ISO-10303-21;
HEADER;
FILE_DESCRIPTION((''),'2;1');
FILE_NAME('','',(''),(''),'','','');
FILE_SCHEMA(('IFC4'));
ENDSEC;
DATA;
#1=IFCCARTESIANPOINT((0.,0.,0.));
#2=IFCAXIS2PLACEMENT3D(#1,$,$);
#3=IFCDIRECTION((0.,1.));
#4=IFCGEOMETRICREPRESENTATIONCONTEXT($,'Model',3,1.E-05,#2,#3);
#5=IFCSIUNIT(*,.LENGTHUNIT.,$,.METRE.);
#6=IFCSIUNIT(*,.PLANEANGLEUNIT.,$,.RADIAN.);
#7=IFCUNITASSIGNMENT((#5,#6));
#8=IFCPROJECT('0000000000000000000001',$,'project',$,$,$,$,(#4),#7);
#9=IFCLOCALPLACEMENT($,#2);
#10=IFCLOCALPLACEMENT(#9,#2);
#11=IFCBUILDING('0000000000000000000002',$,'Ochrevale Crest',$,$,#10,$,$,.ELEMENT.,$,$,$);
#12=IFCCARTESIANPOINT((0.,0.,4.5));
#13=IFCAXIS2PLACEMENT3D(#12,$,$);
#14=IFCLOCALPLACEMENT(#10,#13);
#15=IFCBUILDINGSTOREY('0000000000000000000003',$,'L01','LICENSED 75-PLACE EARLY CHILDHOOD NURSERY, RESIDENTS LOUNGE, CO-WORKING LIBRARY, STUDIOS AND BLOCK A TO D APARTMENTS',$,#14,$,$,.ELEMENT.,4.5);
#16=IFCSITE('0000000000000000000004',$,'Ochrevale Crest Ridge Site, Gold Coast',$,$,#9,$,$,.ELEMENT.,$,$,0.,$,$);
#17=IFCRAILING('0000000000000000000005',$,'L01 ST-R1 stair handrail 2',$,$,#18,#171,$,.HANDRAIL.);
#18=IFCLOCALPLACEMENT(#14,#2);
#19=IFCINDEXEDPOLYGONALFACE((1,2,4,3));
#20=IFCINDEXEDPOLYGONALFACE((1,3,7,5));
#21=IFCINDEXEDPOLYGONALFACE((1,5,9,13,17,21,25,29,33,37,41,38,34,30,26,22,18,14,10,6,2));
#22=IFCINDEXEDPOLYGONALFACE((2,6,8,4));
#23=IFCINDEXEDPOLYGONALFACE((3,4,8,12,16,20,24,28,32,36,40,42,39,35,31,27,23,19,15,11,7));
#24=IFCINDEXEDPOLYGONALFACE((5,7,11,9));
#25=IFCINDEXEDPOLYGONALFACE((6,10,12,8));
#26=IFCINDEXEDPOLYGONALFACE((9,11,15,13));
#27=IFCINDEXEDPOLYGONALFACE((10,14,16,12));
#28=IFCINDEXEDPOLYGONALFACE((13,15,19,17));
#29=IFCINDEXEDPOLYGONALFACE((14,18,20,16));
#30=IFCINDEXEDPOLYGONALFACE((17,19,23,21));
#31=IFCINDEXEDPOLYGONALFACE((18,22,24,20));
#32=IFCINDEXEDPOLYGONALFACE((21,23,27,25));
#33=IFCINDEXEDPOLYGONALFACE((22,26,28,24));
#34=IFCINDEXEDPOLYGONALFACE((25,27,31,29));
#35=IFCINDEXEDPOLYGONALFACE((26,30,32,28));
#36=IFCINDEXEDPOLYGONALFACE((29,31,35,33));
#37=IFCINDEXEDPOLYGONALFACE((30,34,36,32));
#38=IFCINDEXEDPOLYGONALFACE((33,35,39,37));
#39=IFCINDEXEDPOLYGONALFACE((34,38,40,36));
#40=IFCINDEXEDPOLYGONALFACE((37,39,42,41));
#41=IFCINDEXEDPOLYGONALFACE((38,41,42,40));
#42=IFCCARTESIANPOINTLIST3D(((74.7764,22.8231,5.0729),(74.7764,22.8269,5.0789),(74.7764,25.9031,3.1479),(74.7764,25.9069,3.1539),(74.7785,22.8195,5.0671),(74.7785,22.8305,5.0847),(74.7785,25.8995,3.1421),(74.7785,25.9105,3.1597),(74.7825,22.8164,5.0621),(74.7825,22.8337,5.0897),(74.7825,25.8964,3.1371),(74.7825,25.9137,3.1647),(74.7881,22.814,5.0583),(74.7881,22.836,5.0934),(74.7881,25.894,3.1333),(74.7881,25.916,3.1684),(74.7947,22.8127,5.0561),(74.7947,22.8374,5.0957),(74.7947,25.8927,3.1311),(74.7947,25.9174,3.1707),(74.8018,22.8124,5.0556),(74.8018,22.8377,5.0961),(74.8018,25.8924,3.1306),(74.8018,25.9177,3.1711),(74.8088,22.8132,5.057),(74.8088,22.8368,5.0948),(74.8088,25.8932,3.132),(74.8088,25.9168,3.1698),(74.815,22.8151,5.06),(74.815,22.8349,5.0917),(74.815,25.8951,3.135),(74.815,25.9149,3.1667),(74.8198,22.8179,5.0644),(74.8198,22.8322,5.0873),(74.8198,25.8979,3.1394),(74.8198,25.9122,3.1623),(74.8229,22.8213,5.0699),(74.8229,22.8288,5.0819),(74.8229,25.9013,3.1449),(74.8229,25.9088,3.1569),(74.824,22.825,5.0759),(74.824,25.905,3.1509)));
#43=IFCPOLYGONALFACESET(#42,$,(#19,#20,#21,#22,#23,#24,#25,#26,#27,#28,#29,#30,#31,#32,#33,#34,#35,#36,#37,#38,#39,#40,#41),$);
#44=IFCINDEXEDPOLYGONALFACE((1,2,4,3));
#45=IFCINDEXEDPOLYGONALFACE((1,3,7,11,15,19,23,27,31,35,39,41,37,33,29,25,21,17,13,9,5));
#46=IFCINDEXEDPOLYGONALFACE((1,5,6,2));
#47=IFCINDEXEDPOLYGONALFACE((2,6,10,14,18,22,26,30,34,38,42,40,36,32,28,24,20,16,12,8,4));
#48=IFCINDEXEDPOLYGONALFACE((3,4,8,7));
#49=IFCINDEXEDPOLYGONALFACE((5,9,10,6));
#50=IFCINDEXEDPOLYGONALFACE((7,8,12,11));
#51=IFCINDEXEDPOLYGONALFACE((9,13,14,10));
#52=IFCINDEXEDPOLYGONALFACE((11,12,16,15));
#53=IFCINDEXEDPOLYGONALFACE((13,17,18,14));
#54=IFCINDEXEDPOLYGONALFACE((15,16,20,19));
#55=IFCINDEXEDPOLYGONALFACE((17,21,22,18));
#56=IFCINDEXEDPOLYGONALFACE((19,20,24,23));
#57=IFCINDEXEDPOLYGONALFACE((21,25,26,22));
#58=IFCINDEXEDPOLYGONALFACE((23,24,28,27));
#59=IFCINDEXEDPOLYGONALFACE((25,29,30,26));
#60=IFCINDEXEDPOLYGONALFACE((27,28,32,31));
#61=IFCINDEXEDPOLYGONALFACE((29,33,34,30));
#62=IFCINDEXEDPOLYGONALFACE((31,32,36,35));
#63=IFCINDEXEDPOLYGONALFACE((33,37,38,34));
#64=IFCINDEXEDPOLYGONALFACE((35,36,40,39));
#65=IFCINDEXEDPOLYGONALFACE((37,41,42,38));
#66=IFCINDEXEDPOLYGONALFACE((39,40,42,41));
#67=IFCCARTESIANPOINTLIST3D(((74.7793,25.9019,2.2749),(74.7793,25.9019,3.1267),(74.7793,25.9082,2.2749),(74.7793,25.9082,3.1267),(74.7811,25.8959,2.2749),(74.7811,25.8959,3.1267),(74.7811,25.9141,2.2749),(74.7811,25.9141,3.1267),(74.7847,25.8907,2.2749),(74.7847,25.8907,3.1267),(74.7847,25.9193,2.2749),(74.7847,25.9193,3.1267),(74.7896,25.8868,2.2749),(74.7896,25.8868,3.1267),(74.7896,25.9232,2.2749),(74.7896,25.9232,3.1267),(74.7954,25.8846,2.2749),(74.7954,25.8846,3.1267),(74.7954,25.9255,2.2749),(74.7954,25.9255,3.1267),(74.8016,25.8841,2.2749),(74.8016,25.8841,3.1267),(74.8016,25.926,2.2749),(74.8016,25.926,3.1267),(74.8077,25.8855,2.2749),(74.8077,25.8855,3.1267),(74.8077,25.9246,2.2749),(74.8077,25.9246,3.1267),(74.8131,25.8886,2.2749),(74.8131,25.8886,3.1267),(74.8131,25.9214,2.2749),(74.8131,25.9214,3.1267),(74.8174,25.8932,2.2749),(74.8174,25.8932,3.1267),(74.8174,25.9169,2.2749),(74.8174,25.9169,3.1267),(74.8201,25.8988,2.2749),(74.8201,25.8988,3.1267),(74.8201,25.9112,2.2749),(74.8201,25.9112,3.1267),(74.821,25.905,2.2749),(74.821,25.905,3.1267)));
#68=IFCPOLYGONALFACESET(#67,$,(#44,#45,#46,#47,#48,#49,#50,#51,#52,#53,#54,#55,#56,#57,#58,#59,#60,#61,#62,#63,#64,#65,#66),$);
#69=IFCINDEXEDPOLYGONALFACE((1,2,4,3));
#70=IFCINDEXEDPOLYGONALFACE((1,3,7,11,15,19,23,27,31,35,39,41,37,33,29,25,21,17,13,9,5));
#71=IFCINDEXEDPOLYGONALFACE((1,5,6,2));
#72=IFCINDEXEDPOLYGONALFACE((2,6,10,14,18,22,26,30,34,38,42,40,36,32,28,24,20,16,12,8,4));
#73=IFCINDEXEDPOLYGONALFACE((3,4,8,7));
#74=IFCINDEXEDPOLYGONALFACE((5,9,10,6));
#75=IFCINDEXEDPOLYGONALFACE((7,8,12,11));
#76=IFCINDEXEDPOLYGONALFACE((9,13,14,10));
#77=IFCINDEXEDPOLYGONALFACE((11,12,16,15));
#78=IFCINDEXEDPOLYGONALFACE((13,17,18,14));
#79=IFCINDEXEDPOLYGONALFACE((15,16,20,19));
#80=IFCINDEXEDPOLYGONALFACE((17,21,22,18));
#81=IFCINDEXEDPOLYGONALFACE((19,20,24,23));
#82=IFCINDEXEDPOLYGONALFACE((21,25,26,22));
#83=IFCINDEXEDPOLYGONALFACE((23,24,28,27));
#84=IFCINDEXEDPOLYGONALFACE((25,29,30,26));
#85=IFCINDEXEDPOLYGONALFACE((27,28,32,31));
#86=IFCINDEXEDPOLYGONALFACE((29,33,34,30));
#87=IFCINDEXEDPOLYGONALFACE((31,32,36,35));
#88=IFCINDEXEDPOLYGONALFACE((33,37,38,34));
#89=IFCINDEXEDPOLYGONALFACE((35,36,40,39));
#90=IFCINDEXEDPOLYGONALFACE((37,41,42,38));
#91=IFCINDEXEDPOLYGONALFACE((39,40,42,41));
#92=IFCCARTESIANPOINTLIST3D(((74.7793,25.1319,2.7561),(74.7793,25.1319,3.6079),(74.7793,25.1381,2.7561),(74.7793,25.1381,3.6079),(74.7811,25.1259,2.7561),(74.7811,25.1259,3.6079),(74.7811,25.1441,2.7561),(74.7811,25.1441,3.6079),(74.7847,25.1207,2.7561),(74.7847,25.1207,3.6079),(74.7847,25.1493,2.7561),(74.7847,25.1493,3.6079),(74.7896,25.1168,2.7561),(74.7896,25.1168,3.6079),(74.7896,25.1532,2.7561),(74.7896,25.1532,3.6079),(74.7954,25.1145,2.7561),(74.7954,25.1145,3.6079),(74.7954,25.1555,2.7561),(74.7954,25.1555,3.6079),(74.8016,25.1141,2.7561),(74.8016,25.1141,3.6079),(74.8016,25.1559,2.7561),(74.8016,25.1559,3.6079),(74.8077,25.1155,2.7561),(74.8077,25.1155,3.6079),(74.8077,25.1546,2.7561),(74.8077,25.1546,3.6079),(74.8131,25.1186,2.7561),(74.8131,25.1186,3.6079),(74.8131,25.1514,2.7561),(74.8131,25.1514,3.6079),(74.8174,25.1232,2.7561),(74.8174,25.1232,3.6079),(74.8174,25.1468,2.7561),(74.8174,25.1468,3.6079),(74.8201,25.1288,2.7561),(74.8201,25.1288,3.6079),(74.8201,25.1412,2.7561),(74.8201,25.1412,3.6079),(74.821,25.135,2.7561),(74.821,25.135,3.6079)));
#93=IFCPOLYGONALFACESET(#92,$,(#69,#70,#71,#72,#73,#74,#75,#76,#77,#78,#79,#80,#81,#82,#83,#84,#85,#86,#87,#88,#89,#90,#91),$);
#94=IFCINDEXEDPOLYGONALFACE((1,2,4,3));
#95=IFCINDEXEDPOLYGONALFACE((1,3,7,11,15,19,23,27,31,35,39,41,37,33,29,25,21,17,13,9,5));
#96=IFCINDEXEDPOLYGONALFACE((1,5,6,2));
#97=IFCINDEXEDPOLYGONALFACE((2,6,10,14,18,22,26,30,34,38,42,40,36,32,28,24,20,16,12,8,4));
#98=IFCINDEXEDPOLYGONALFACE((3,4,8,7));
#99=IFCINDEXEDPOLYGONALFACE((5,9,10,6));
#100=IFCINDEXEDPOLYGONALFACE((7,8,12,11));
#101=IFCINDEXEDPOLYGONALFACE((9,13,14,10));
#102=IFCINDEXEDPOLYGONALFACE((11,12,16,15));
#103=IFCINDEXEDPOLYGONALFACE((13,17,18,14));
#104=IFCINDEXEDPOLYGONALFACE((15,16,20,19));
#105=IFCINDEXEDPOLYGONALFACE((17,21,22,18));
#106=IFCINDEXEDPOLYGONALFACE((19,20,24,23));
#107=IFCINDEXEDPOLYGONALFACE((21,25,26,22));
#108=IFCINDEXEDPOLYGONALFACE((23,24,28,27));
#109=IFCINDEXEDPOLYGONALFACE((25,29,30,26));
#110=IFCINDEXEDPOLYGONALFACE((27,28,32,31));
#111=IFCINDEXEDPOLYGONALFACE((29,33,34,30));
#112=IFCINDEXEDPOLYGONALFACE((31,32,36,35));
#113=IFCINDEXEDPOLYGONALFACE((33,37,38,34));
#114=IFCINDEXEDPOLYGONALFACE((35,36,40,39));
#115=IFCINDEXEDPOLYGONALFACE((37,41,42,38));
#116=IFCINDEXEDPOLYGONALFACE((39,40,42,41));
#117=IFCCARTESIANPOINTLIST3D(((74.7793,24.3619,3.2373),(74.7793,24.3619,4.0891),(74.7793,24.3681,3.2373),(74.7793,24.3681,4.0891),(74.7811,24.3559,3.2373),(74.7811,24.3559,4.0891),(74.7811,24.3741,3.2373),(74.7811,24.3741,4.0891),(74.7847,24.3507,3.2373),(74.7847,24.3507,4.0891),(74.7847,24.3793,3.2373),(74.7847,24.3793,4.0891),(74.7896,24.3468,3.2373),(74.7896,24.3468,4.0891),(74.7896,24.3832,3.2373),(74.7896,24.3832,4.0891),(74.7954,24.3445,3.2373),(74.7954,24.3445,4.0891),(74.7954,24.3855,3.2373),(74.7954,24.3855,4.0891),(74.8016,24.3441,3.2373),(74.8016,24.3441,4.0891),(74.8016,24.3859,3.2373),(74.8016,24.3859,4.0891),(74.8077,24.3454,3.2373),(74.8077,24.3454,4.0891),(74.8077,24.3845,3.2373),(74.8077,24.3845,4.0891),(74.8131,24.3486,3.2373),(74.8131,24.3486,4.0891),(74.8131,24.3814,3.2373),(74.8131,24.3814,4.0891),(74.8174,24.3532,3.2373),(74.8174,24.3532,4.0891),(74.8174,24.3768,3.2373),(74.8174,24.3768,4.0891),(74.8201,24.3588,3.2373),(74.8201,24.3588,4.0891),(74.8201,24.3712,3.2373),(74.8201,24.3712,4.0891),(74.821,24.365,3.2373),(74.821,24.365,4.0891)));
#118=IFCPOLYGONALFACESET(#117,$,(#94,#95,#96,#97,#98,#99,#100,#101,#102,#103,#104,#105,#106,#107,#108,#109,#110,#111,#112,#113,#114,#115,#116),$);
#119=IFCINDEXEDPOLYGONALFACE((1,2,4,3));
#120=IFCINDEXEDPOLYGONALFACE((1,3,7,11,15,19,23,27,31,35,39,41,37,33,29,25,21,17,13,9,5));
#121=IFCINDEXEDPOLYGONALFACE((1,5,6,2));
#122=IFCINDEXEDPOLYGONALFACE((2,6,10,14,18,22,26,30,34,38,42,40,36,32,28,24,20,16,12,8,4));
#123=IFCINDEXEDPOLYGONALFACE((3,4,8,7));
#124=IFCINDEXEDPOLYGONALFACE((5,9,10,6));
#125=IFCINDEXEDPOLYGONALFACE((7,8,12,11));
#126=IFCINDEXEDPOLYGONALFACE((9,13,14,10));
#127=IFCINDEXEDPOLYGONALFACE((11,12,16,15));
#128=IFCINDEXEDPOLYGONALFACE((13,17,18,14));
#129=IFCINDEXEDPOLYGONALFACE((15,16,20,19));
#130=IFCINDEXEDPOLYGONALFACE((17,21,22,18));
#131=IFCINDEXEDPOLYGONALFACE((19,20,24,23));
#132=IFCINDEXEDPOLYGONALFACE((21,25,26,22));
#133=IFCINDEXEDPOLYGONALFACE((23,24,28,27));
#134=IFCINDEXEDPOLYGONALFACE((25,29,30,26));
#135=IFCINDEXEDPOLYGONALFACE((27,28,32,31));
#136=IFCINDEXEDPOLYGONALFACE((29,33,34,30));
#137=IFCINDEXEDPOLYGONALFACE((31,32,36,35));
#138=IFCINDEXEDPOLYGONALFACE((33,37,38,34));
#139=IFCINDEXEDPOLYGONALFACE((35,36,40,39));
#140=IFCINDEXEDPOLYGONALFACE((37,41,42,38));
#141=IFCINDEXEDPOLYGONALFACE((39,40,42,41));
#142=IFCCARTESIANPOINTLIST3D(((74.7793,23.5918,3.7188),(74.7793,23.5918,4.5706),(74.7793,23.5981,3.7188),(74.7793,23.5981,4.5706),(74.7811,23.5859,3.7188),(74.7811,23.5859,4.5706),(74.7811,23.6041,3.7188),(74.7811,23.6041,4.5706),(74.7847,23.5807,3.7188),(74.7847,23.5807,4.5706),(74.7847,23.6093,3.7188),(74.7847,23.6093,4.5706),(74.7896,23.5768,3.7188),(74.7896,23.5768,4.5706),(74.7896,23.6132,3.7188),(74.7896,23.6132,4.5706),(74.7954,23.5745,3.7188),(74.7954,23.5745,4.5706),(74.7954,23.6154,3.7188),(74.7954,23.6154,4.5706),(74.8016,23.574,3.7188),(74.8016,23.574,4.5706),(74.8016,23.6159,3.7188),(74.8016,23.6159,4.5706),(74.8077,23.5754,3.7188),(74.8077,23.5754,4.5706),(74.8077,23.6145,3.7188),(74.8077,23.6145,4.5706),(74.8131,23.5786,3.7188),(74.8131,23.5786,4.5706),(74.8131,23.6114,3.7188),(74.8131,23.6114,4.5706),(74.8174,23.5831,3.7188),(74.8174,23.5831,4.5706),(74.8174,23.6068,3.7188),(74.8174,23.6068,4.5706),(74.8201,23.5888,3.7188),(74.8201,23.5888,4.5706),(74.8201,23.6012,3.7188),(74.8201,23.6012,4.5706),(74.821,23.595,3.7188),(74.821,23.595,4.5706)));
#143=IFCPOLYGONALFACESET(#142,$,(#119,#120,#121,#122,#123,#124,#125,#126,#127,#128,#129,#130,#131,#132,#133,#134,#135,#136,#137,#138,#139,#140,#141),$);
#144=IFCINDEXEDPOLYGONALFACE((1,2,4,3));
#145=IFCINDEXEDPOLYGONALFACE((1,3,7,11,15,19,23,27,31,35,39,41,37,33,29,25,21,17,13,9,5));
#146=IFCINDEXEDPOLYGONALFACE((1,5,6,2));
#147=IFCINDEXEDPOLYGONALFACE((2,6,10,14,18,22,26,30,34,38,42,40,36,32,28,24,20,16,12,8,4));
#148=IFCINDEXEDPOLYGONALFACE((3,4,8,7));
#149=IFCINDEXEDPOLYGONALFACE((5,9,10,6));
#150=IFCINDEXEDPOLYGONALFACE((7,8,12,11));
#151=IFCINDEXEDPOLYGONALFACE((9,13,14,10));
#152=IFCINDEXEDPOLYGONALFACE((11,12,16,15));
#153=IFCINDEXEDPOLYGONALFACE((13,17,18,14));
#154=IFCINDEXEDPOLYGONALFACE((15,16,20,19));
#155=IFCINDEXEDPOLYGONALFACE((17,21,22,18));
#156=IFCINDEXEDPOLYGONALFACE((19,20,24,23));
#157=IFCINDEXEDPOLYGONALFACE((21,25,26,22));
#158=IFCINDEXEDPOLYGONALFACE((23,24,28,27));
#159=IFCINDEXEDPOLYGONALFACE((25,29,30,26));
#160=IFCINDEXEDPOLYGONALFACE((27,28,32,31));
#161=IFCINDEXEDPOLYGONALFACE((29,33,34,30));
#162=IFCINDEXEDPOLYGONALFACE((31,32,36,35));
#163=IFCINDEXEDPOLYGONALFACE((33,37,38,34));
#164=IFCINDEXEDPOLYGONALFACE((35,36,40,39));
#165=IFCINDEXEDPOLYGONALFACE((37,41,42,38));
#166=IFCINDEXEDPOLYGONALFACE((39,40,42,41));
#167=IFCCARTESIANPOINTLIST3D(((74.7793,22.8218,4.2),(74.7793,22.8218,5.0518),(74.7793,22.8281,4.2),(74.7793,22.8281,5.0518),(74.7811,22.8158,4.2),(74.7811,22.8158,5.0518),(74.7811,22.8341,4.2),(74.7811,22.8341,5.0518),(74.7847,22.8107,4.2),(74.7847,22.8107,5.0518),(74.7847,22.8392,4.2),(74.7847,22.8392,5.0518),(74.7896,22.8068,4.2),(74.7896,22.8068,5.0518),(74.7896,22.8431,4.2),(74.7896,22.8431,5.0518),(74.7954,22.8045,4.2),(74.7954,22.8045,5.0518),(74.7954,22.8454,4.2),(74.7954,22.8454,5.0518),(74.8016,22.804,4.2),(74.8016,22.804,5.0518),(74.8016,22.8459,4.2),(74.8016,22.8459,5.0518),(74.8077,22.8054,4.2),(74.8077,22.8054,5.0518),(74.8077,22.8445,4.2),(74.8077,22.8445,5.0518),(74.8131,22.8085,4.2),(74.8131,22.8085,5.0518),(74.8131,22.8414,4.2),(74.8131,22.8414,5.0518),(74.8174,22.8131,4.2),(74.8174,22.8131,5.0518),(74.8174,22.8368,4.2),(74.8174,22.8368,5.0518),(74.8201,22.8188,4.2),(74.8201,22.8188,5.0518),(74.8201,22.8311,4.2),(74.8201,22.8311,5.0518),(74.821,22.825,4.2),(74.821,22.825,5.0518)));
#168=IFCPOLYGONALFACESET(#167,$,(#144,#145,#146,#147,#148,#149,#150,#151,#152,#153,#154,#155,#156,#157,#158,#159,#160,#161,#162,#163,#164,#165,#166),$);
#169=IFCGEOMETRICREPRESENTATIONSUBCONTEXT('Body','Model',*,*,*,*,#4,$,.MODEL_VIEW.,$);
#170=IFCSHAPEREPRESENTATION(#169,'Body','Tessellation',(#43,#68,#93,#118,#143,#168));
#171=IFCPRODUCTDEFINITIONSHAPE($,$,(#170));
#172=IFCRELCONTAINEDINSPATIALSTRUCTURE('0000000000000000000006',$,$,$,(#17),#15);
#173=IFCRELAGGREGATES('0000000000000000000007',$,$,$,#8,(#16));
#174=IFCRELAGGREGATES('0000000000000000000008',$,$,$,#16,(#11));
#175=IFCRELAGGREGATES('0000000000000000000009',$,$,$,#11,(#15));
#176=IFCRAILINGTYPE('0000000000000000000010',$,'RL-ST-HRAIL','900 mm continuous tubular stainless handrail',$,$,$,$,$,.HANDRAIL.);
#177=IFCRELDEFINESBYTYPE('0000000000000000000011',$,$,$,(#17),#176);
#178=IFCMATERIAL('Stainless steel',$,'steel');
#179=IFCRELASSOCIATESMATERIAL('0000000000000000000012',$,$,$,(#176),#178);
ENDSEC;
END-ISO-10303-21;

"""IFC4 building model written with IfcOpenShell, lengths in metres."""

from ifc_helpers import new_model, si_unit, direction, frame, origin, origin_2d, place, context, subcontext, project, spatial, circle, extrude, material, type_object, element, save


model = new_model("IFC4")

# Units and contexts
model_context = context("Model", 3, precision=1e-05, world=origin(), true_north=direction((0.0, 1.0)))
body_context = subcontext(model_context, "Body", "Model", "MODEL_VIEW")
ifc_project = project(units=[si_unit("LENGTHUNIT", "METRE"), si_unit("PLANEANGLEUNIT", "RADIAN")], contexts=[model_context])

# Site, building, storey
site_placement = place(None, origin())
site = spatial("IfcSite", under=ifc_project, at=site_placement, Name="Ochrevale Crest Ridge Site, Gold Coast", CompositionType="ELEMENT", RefElevation=0.0)
building_placement = place(site_placement, origin())
building = spatial("IfcBuilding", under=site, at=building_placement, Name="Ochrevale Crest", CompositionType="ELEMENT")
storey_placement = place(building_placement, frame((0.0, 0.0, 4.5)))
storey = spatial("IfcBuildingStorey", under=building, at=storey_placement, Name="L01", Description="LICENSED 75-PLACE EARLY CHILDHOOD NURSERY, RESIDENTS LOUNGE, CO-WORKING LIBRARY, STUDIOS AND BLOCK A TO D APARTMENTS", CompositionType="ELEMENT", Elevation=4.5)

# Railing
ifc_material_1 = material(Name="Stainless steel", Category="steel")
railing_type_1 = type_object("IfcRailingType", Name="RL-ST-HRAIL", Description="900 mm continuous tubular stainless handrail", PredefinedType="HANDRAIL", material=ifc_material_1)
railing_1_placement = place(storey_placement, frame((74.8, 25.905, 2.2749)))
element("IfcRailing", 1, at=railing_1_placement, inside=storey, type_object=railing_type_1, Name="L01 ST-R1 stair handrail 2", PredefinedType="HANDRAIL", context=body_context, shape_type="SweptSolid", body=[
    extrude(circle(Radius=0.0239, at=origin_2d()), frame((0.0, 0.0, 0.876), z_axis=(0.0, -0.847998, 0.529999), x_axis=(1.0, 0.0, 0.0)), (0.0, 0.0, 1.0), 3.6321),
    extrude(circle(Radius=0.021, at=origin_2d()), origin(), (0.0, 0.0, 1.0), 0.8518),
    extrude(circle(Radius=0.021, at=origin_2d()), frame((0.0, -0.77, 0.4812)), (0.0, 0.0, 1.0), 0.8518),
    extrude(circle(Radius=0.021, at=origin_2d()), frame((0.0, -1.54, 0.9624)), (0.0, 0.0, 1.0), 0.8518),
    extrude(circle(Radius=0.021, at=origin_2d()), frame((0.0, -2.3101, 1.4438)), (0.0, 0.0, 1.0), 0.8518),
    extrude(circle(Radius=0.021, at=origin_2d()), frame((0.0, -3.0801, 1.925)), (0.0, 0.0, 1.0), 0.8518),
])

save(model, "model.ifc")
